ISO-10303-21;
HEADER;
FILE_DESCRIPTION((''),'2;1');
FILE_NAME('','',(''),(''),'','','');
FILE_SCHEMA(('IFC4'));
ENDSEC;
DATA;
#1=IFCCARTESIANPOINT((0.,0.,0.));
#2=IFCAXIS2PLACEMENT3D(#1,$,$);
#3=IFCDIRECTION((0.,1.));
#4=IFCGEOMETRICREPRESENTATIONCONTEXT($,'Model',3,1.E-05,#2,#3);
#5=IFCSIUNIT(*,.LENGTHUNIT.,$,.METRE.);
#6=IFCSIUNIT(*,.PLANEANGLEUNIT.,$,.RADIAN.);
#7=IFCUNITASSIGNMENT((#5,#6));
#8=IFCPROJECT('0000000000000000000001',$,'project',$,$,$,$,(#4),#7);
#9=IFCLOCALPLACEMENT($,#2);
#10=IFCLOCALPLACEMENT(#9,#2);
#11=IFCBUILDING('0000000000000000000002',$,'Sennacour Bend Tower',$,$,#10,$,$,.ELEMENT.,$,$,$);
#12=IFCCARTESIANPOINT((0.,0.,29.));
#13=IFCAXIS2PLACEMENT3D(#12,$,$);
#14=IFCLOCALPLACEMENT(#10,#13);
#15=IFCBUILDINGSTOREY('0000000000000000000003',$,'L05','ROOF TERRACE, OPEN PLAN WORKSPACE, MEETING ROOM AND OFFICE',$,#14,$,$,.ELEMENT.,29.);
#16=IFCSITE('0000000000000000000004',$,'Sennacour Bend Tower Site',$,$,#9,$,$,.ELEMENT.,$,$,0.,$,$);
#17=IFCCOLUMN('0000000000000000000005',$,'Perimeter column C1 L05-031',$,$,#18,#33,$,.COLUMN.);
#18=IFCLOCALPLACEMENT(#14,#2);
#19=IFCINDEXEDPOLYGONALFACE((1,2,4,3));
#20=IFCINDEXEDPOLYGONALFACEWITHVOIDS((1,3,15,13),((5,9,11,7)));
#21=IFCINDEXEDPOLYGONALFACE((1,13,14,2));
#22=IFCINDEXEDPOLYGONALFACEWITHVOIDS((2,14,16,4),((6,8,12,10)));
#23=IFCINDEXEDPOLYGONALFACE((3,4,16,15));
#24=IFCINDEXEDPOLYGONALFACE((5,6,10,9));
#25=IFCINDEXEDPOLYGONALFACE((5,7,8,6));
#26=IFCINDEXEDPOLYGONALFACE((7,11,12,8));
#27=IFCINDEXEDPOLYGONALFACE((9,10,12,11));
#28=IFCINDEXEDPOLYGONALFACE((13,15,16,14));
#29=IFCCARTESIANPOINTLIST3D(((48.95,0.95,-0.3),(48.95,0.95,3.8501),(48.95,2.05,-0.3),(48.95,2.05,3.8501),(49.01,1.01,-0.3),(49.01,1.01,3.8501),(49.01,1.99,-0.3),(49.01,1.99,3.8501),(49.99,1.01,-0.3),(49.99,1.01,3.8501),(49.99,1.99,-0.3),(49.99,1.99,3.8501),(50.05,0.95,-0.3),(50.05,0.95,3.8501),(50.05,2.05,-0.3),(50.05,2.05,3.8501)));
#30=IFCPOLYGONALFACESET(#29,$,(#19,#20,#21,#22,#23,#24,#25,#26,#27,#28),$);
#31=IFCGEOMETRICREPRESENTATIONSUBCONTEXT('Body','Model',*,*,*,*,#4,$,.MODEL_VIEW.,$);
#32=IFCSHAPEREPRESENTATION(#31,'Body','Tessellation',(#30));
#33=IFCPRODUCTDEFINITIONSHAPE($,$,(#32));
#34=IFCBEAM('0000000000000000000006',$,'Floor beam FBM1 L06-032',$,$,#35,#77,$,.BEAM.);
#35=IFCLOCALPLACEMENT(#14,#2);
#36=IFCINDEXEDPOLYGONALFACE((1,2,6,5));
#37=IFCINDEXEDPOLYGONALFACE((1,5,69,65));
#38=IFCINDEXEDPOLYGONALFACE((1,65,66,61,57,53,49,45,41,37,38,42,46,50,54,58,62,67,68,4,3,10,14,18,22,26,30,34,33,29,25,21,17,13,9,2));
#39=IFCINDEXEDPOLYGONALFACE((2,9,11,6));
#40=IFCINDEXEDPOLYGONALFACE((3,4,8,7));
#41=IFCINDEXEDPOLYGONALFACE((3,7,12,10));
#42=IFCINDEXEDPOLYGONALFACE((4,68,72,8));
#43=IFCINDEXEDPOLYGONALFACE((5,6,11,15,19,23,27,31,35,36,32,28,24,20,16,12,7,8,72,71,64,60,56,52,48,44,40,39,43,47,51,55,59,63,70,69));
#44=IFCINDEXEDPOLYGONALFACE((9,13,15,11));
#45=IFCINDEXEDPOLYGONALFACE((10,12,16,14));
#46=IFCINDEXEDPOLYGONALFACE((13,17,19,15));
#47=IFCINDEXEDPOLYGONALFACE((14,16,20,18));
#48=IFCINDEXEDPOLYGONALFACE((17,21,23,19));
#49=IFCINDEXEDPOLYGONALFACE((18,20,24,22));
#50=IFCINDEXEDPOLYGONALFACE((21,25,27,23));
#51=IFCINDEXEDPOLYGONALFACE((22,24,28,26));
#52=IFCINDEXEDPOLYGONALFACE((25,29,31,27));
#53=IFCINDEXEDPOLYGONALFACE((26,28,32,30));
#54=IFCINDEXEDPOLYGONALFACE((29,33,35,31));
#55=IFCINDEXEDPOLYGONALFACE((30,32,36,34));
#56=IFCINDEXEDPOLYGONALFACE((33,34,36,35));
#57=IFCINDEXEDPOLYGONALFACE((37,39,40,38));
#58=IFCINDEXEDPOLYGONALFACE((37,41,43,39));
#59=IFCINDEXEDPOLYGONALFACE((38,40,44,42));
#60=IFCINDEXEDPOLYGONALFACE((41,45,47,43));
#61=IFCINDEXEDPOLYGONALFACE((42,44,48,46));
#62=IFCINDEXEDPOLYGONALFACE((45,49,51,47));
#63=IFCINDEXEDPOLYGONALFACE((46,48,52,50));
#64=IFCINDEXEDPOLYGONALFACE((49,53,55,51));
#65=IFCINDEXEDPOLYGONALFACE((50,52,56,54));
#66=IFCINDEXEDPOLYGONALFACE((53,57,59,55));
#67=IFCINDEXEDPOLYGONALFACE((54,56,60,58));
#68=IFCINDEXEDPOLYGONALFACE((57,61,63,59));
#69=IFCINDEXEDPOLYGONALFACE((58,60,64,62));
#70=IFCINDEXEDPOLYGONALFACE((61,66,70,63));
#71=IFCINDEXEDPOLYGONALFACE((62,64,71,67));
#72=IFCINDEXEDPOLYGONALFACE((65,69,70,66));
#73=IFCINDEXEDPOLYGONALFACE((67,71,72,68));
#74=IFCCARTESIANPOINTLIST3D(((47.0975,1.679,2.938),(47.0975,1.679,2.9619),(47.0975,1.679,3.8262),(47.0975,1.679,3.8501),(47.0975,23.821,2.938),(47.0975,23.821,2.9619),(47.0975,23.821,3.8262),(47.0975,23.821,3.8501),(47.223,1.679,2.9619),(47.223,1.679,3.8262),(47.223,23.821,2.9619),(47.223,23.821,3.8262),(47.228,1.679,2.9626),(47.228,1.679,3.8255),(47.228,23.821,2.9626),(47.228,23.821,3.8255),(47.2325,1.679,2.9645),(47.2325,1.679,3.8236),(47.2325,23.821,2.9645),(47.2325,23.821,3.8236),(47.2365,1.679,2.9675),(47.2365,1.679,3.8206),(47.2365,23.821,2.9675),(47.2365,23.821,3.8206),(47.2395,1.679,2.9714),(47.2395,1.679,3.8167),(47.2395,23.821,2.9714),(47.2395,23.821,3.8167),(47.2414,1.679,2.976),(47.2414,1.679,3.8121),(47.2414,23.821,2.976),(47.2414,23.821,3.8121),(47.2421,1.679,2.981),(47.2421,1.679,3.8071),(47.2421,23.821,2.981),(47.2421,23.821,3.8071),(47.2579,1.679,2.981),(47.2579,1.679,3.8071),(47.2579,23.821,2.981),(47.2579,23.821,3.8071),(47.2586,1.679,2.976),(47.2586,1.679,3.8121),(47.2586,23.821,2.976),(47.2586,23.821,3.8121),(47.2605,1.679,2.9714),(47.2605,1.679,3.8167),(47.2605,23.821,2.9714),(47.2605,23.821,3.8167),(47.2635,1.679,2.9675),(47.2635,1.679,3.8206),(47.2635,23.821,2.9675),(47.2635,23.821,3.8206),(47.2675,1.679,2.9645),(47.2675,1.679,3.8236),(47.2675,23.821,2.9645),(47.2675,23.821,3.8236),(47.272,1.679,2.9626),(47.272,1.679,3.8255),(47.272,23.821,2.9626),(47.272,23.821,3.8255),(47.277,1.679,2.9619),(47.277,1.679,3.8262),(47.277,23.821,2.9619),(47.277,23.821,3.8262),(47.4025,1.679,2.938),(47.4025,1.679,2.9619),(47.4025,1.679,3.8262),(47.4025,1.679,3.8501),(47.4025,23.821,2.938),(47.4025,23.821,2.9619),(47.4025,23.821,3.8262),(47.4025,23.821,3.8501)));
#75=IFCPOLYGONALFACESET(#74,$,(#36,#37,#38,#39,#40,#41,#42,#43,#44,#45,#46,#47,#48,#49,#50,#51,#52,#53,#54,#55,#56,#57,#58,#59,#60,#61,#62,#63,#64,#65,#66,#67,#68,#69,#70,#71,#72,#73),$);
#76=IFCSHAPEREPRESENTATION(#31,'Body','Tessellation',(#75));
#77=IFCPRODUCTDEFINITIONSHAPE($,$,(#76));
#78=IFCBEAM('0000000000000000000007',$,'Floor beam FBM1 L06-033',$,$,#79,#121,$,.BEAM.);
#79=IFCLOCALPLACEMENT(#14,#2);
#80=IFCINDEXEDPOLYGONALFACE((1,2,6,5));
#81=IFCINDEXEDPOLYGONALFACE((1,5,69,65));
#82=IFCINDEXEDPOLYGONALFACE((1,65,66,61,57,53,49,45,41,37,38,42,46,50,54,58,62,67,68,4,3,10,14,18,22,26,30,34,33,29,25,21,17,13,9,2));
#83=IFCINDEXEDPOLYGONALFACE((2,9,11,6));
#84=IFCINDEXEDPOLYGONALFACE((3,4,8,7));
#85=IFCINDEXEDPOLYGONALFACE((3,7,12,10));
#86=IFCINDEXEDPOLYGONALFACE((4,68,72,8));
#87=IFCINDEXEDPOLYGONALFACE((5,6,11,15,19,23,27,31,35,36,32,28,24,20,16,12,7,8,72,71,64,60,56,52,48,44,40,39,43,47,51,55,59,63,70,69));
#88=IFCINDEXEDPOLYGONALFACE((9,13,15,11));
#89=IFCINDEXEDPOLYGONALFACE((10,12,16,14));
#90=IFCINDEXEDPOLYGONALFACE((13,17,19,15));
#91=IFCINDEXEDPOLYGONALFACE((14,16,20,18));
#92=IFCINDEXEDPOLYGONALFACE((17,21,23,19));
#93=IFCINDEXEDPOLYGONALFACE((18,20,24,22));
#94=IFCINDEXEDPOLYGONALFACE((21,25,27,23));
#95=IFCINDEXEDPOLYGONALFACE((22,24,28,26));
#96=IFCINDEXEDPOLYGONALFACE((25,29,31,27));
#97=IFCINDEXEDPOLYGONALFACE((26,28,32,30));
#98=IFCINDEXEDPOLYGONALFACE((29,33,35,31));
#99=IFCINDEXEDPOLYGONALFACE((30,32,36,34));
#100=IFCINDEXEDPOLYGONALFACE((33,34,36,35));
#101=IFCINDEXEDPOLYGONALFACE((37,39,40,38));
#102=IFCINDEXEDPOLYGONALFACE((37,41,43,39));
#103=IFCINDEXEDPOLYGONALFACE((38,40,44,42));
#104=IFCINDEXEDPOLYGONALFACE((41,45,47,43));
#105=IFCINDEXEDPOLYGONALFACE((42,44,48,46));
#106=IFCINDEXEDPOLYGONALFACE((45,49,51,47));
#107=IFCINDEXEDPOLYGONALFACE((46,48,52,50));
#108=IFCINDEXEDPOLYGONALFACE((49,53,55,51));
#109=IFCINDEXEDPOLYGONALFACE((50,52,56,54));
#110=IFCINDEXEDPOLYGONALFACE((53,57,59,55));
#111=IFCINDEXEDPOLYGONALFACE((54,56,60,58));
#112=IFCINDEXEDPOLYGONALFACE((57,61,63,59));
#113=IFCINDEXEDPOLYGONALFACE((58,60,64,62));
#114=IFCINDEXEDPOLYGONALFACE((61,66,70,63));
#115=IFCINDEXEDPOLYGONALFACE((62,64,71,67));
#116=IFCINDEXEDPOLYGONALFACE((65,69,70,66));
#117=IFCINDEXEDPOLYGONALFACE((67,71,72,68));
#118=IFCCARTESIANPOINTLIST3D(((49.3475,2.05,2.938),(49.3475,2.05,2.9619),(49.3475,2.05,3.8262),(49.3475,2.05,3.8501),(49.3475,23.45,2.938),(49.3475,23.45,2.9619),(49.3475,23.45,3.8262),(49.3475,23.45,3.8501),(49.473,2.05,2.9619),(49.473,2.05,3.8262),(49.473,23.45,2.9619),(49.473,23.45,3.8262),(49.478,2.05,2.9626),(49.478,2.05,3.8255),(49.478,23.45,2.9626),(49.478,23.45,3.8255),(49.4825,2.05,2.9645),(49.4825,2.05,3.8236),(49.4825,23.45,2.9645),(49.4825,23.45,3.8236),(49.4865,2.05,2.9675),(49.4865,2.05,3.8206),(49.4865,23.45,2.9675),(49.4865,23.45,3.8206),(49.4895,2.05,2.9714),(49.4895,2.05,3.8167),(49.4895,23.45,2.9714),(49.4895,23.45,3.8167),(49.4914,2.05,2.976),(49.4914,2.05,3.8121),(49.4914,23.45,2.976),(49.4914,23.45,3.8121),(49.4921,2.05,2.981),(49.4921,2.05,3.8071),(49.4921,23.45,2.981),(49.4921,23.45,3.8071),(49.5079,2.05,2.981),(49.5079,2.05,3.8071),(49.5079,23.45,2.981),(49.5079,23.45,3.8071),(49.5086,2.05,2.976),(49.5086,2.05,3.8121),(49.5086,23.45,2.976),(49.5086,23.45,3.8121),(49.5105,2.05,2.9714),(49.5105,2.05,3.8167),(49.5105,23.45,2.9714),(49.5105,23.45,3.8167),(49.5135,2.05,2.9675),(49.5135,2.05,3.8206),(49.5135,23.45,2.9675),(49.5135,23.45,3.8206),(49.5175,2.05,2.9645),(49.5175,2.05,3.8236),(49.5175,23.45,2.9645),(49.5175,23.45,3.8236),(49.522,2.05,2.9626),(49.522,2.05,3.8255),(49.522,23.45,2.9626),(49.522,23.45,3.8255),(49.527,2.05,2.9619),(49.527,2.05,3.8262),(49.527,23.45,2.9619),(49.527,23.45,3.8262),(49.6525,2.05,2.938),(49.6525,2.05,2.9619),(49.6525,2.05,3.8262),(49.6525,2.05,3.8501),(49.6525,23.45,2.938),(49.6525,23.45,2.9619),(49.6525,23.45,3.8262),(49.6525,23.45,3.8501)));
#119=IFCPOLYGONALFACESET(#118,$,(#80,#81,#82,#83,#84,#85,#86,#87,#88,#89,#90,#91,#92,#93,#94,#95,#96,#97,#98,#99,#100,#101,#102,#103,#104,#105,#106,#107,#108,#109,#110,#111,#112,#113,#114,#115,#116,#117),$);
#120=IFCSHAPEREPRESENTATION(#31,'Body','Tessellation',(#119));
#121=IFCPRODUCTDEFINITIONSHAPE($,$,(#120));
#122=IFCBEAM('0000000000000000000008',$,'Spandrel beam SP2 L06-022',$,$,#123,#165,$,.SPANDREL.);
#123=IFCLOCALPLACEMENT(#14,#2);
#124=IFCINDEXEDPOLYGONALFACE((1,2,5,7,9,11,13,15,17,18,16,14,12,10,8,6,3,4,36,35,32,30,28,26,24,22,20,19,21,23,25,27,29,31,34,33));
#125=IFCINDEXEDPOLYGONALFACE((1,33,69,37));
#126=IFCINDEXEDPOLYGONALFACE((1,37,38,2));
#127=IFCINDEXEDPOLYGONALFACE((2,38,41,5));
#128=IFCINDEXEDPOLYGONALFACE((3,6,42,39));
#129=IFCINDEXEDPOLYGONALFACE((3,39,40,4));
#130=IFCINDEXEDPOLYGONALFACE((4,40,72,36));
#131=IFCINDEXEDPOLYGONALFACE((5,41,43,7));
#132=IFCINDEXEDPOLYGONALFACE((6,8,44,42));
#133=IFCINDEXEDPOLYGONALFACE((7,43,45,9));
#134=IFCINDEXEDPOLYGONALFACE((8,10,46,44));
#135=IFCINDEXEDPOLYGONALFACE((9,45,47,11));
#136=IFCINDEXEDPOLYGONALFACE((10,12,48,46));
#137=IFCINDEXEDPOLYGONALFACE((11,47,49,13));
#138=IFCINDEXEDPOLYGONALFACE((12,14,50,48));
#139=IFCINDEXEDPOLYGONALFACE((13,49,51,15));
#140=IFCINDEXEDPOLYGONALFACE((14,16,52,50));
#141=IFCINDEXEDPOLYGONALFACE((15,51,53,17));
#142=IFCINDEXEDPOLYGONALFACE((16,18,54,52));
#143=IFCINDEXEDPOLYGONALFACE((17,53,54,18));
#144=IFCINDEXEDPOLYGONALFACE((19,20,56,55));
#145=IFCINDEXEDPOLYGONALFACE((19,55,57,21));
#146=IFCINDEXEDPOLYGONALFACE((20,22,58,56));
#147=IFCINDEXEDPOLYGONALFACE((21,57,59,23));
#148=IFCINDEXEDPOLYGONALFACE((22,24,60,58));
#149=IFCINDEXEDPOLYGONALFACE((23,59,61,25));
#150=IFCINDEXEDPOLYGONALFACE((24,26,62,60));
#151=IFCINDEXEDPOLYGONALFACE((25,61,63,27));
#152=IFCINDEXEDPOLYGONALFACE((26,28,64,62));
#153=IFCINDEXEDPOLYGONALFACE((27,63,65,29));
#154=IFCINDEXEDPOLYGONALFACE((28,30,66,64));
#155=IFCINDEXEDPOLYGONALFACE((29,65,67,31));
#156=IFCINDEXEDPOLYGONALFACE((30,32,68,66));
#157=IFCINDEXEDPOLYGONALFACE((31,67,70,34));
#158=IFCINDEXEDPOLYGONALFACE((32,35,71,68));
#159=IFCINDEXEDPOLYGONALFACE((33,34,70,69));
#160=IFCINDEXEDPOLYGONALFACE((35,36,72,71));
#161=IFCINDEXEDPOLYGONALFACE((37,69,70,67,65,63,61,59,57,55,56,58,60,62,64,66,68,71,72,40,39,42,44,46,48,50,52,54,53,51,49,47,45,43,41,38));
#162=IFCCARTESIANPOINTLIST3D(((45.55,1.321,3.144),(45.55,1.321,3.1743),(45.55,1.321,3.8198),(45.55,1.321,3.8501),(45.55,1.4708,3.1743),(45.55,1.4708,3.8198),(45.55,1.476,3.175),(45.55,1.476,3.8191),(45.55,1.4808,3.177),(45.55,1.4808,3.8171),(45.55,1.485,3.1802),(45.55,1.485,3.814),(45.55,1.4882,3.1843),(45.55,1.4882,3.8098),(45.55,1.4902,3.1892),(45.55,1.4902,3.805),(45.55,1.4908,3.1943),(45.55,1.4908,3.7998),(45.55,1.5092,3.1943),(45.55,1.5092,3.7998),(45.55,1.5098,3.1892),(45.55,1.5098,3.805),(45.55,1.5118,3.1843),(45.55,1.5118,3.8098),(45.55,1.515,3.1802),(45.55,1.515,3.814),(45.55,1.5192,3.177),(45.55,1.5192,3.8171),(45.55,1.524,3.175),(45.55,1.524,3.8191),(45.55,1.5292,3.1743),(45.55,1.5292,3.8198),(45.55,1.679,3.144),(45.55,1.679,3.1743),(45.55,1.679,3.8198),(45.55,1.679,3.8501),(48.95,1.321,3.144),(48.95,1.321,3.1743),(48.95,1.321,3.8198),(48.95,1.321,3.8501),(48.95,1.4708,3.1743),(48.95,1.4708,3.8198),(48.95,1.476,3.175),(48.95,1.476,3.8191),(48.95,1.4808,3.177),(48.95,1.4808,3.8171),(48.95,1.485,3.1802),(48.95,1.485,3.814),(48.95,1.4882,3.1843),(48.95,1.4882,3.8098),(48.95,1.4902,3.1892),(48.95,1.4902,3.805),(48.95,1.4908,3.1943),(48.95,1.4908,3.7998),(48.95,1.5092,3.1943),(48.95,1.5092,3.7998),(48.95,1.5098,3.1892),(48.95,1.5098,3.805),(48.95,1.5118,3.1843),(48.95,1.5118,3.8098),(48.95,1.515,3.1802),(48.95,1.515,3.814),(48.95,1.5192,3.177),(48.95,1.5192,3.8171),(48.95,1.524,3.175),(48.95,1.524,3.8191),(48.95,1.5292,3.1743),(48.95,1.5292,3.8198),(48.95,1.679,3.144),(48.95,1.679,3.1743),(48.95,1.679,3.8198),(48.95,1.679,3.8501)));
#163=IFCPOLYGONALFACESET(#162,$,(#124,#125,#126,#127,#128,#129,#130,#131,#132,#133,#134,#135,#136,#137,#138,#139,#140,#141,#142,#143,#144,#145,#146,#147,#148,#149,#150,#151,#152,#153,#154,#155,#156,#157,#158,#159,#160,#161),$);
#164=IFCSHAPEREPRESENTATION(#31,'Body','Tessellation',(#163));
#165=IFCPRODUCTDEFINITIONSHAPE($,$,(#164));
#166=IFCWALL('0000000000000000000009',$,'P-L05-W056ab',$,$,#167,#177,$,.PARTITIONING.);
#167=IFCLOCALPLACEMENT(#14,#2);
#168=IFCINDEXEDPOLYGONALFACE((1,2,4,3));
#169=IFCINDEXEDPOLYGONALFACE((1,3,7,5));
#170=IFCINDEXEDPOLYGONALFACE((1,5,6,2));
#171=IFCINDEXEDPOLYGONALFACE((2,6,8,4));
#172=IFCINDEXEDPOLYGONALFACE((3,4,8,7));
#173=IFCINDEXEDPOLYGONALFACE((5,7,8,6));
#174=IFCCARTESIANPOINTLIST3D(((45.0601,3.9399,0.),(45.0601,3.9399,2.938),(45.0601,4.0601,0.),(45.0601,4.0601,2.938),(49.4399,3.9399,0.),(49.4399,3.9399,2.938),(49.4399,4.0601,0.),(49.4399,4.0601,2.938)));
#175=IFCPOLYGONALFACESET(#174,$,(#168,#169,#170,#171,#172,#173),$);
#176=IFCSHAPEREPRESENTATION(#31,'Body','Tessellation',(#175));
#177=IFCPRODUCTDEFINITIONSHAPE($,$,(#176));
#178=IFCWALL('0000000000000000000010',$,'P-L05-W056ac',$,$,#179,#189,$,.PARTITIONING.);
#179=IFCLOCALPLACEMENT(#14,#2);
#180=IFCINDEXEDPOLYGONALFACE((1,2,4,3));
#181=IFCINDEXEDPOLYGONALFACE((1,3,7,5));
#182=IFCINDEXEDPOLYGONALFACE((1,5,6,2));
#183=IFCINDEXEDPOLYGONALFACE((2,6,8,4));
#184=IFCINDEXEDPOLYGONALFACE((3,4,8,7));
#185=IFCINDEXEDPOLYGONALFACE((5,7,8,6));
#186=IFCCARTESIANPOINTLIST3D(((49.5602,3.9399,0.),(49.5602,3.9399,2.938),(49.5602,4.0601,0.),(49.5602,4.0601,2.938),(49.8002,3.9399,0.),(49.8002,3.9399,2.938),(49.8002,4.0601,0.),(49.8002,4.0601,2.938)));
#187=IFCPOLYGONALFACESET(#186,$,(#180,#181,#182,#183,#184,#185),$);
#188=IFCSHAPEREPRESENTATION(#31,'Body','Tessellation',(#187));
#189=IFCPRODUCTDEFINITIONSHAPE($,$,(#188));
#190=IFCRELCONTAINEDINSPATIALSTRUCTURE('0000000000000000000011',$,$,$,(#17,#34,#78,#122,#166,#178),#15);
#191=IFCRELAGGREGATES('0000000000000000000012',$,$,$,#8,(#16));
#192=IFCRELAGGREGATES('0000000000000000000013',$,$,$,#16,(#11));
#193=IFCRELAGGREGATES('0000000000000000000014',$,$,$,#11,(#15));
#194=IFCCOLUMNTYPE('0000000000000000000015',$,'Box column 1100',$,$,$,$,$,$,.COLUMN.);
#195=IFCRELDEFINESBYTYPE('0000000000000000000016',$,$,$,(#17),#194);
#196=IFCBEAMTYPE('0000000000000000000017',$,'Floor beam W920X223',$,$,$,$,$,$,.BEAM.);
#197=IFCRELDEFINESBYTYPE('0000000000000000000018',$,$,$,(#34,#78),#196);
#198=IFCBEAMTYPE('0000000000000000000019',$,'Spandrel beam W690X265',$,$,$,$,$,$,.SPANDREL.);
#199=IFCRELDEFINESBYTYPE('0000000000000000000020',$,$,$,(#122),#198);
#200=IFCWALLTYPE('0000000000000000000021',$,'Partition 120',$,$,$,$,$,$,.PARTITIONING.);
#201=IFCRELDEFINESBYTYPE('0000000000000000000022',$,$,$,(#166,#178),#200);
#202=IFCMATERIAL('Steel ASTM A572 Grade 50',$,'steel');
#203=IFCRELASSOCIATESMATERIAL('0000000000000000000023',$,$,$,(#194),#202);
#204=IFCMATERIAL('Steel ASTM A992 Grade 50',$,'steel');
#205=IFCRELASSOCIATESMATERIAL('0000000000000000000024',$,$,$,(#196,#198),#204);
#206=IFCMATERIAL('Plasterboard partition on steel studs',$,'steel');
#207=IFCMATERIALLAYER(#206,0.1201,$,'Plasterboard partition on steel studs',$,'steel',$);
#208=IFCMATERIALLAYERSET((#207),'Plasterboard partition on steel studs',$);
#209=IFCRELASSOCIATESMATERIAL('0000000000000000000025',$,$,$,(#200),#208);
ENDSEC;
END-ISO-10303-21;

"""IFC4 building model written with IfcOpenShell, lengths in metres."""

from ifc_helpers import new_model, si_unit, direction, frame, frame_2d, origin, origin_2d, place, context, subcontext, project, spatial, rectangle, hollow_rectangle, i_section, extrude, material, layer, layer_set, material_profile, profile_set, type_object, element, save


model = new_model("IFC4")

# Units and contexts
model_context = context("Model", 3, precision=1e-05, world=origin(), true_north=direction((0.0, 1.0)))
body_context = subcontext(model_context, "Body", "Model", "MODEL_VIEW")
ifc_project = project(units=[si_unit("LENGTHUNIT", "METRE"), si_unit("PLANEANGLEUNIT", "RADIAN")], contexts=[model_context])

# Site, building, storey
site_placement = place(None, origin())
site = spatial("IfcSite", under=ifc_project, at=site_placement, Name="Sennacour Bend Tower Site", CompositionType="ELEMENT", RefElevation=0.0)
building_placement = place(site_placement, origin())
building = spatial("IfcBuilding", under=site, at=building_placement, Name="Sennacour Bend Tower", CompositionType="ELEMENT")
storey_placement = place(building_placement, frame((0.0, 0.0, 29.0)))
storey = spatial("IfcBuildingStorey", under=building, at=storey_placement, Name="L05", Description="ROOF TERRACE, OPEN PLAN WORKSPACE, MEETING ROOM AND OFFICE", CompositionType="ELEMENT", Elevation=29.0)

# Column
ifc_material_1 = material(Name="Steel ASTM A572 Grade 50", Category="steel")
ifc_material_profile_1 = material_profile(ifc_material_1, hollow_rectangle(XDim=1.1001, YDim=1.1001, WallThickness=0.0601, at=origin_2d()), Name="Steel ASTM A572 Grade 50", Category="steel")
ifc_profile_set_1 = profile_set([ifc_material_profile_1], Name="Steel ASTM A572 Grade 50")
column_type = type_object("IfcColumnType", Name="Box column 1100", PredefinedType="COLUMN", material=ifc_profile_set_1)
column_placement = place(storey_placement, frame((49.5, 1.5, -0.3), z_axis=(0.0, 0.0, 1.0), x_axis=(1.0, 0.0, 0.0)))
element("IfcColumn", 1, at=column_placement, inside=storey, type_object=column_type, Name="Perimeter column C1 L05-031", PredefinedType="COLUMN", context=body_context, shape_type="SweptSolid", body=[
    extrude(hollow_rectangle(XDim=1.1001, YDim=1.1001, WallThickness=0.0601, at=origin_2d()), origin(), (0.0, 0.0, 1.0), 4.1501),
])

# Beams
ifc_material_2 = material(Name="Steel ASTM A992 Grade 50", Category="steel")
ifc_material_profile_2 = material_profile(ifc_material_2, i_section(OverallWidth=0.3049, OverallDepth=0.9121, WebThickness=0.0159, FlangeThickness=0.0239, FilletRadius=0.019, at=origin_2d()), Name="Steel ASTM A992 Grade 50", Category="steel")
ifc_profile_set_2 = profile_set([ifc_material_profile_2], Name="Steel ASTM A992 Grade 50")
beam_type_1 = type_object("IfcBeamType", Name="Floor beam W920X223", PredefinedType="BEAM", material=ifc_profile_set_2)
beam_1_placement = place(storey_placement, frame((47.25, 1.679, 3.394), z_axis=(0.0, 1.0, 0.0), x_axis=(-1.0, 0.0, 0.0)))
element("IfcBeam", 2, at=beam_1_placement, inside=storey, type_object=beam_type_1, Name="Floor beam FBM1 L06-032", PredefinedType="BEAM", context=body_context, shape_type="SweptSolid", body=[
    extrude(i_section(OverallWidth=0.3049, OverallDepth=0.9121, WebThickness=0.0159, FlangeThickness=0.0239, FilletRadius=0.019, at=origin_2d()), origin(), (0.0, 0.0, 1.0), 22.1421),
])
beam_2_placement = place(storey_placement, frame((49.5, 2.05, 3.394), z_axis=(0.0, 1.0, 0.0), x_axis=(-1.0, 0.0, 0.0)))
element("IfcBeam", 3, at=beam_2_placement, inside=storey, type_object=beam_type_1, Name="Floor beam FBM1 L06-033", PredefinedType="BEAM", context=body_context, shape_type="SweptSolid", body=[
    extrude(i_section(OverallWidth=0.3049, OverallDepth=0.9121, WebThickness=0.0159, FlangeThickness=0.0239, FilletRadius=0.019, at=origin_2d()), origin(), (0.0, 0.0, 1.0), 21.3999),
])
ifc_material_profile_3 = material_profile(ifc_material_2, i_section(OverallWidth=0.3579, OverallDepth=0.7061, WebThickness=0.0183, FlangeThickness=0.0303, FilletRadius=0.02, at=origin_2d()), Name="Steel ASTM A992 Grade 50", Category="steel")
ifc_profile_set_3 = profile_set([ifc_material_profile_3], Name="Steel ASTM A992 Grade 50")
beam_type_2 = type_object("IfcBeamType", Name="Spandrel beam W690X265", PredefinedType="SPANDREL", material=ifc_profile_set_3)
beam_3_placement = place(storey_placement, frame((48.95, 1.5, 3.4971), z_axis=(-1.0, 0.0, 0.0), x_axis=(0.0, -1.0, 0.0)))
element("IfcBeam", 4, at=beam_3_placement, inside=storey, type_object=beam_type_2, Name="Spandrel beam SP2 L06-022", PredefinedType="SPANDREL", context=body_context, shape_type="SweptSolid", body=[
    extrude(i_section(OverallWidth=0.3579, OverallDepth=0.7061, WebThickness=0.0183, FlangeThickness=0.0303, FilletRadius=0.02, at=origin_2d()), origin(), (0.0, 0.0, 1.0), 3.3999),
])

# Walls
ifc_material_3 = material(Name="Plasterboard partition on steel studs", Category="steel")
ifc_layer_1 = layer(ifc_material_3, 0.1201, Name="Plasterboard partition on steel studs", Category="steel")
ifc_layer_set_1 = layer_set([ifc_layer_1], Name="Plasterboard partition on steel studs")
wall_type_1 = type_object("IfcWallType", Name="Partition 120", PredefinedType="PARTITIONING", material=ifc_layer_set_1)
wall_1_placement = place(storey_placement, frame((45.0601, 4.0, 0.0), z_axis=(0.0, 0.0, 1.0), x_axis=(1.0, 0.0, 0.0)))
element("IfcWall", 5, at=wall_1_placement, inside=storey, type_object=wall_type_1, Name="P-L05-W056ab", PredefinedType="PARTITIONING", context=body_context, shape_type="SweptSolid", body=[
    extrude(rectangle(XDim=4.3799, YDim=0.1201, at=frame_2d((2.1899, 0.0))), origin(), (0.0, 0.0, 1.0), 2.938),
])
wall_2_placement = place(storey_placement, frame((49.5601, 4.0, 0.0), z_axis=(0.0, 0.0, 1.0), x_axis=(1.0, 0.0, 0.0)))
element("IfcWall", 6, at=wall_2_placement, inside=storey, type_object=wall_type_1, Name="P-L05-W056ac", PredefinedType="PARTITIONING", context=body_context, shape_type="SweptSolid", body=[
    extrude(rectangle(XDim=0.24, YDim=0.1201, at=frame_2d((0.1201, 0.0))), origin(), (0.0, 0.0, 1.0), 2.938),
])

save(model, "model.ifc")
